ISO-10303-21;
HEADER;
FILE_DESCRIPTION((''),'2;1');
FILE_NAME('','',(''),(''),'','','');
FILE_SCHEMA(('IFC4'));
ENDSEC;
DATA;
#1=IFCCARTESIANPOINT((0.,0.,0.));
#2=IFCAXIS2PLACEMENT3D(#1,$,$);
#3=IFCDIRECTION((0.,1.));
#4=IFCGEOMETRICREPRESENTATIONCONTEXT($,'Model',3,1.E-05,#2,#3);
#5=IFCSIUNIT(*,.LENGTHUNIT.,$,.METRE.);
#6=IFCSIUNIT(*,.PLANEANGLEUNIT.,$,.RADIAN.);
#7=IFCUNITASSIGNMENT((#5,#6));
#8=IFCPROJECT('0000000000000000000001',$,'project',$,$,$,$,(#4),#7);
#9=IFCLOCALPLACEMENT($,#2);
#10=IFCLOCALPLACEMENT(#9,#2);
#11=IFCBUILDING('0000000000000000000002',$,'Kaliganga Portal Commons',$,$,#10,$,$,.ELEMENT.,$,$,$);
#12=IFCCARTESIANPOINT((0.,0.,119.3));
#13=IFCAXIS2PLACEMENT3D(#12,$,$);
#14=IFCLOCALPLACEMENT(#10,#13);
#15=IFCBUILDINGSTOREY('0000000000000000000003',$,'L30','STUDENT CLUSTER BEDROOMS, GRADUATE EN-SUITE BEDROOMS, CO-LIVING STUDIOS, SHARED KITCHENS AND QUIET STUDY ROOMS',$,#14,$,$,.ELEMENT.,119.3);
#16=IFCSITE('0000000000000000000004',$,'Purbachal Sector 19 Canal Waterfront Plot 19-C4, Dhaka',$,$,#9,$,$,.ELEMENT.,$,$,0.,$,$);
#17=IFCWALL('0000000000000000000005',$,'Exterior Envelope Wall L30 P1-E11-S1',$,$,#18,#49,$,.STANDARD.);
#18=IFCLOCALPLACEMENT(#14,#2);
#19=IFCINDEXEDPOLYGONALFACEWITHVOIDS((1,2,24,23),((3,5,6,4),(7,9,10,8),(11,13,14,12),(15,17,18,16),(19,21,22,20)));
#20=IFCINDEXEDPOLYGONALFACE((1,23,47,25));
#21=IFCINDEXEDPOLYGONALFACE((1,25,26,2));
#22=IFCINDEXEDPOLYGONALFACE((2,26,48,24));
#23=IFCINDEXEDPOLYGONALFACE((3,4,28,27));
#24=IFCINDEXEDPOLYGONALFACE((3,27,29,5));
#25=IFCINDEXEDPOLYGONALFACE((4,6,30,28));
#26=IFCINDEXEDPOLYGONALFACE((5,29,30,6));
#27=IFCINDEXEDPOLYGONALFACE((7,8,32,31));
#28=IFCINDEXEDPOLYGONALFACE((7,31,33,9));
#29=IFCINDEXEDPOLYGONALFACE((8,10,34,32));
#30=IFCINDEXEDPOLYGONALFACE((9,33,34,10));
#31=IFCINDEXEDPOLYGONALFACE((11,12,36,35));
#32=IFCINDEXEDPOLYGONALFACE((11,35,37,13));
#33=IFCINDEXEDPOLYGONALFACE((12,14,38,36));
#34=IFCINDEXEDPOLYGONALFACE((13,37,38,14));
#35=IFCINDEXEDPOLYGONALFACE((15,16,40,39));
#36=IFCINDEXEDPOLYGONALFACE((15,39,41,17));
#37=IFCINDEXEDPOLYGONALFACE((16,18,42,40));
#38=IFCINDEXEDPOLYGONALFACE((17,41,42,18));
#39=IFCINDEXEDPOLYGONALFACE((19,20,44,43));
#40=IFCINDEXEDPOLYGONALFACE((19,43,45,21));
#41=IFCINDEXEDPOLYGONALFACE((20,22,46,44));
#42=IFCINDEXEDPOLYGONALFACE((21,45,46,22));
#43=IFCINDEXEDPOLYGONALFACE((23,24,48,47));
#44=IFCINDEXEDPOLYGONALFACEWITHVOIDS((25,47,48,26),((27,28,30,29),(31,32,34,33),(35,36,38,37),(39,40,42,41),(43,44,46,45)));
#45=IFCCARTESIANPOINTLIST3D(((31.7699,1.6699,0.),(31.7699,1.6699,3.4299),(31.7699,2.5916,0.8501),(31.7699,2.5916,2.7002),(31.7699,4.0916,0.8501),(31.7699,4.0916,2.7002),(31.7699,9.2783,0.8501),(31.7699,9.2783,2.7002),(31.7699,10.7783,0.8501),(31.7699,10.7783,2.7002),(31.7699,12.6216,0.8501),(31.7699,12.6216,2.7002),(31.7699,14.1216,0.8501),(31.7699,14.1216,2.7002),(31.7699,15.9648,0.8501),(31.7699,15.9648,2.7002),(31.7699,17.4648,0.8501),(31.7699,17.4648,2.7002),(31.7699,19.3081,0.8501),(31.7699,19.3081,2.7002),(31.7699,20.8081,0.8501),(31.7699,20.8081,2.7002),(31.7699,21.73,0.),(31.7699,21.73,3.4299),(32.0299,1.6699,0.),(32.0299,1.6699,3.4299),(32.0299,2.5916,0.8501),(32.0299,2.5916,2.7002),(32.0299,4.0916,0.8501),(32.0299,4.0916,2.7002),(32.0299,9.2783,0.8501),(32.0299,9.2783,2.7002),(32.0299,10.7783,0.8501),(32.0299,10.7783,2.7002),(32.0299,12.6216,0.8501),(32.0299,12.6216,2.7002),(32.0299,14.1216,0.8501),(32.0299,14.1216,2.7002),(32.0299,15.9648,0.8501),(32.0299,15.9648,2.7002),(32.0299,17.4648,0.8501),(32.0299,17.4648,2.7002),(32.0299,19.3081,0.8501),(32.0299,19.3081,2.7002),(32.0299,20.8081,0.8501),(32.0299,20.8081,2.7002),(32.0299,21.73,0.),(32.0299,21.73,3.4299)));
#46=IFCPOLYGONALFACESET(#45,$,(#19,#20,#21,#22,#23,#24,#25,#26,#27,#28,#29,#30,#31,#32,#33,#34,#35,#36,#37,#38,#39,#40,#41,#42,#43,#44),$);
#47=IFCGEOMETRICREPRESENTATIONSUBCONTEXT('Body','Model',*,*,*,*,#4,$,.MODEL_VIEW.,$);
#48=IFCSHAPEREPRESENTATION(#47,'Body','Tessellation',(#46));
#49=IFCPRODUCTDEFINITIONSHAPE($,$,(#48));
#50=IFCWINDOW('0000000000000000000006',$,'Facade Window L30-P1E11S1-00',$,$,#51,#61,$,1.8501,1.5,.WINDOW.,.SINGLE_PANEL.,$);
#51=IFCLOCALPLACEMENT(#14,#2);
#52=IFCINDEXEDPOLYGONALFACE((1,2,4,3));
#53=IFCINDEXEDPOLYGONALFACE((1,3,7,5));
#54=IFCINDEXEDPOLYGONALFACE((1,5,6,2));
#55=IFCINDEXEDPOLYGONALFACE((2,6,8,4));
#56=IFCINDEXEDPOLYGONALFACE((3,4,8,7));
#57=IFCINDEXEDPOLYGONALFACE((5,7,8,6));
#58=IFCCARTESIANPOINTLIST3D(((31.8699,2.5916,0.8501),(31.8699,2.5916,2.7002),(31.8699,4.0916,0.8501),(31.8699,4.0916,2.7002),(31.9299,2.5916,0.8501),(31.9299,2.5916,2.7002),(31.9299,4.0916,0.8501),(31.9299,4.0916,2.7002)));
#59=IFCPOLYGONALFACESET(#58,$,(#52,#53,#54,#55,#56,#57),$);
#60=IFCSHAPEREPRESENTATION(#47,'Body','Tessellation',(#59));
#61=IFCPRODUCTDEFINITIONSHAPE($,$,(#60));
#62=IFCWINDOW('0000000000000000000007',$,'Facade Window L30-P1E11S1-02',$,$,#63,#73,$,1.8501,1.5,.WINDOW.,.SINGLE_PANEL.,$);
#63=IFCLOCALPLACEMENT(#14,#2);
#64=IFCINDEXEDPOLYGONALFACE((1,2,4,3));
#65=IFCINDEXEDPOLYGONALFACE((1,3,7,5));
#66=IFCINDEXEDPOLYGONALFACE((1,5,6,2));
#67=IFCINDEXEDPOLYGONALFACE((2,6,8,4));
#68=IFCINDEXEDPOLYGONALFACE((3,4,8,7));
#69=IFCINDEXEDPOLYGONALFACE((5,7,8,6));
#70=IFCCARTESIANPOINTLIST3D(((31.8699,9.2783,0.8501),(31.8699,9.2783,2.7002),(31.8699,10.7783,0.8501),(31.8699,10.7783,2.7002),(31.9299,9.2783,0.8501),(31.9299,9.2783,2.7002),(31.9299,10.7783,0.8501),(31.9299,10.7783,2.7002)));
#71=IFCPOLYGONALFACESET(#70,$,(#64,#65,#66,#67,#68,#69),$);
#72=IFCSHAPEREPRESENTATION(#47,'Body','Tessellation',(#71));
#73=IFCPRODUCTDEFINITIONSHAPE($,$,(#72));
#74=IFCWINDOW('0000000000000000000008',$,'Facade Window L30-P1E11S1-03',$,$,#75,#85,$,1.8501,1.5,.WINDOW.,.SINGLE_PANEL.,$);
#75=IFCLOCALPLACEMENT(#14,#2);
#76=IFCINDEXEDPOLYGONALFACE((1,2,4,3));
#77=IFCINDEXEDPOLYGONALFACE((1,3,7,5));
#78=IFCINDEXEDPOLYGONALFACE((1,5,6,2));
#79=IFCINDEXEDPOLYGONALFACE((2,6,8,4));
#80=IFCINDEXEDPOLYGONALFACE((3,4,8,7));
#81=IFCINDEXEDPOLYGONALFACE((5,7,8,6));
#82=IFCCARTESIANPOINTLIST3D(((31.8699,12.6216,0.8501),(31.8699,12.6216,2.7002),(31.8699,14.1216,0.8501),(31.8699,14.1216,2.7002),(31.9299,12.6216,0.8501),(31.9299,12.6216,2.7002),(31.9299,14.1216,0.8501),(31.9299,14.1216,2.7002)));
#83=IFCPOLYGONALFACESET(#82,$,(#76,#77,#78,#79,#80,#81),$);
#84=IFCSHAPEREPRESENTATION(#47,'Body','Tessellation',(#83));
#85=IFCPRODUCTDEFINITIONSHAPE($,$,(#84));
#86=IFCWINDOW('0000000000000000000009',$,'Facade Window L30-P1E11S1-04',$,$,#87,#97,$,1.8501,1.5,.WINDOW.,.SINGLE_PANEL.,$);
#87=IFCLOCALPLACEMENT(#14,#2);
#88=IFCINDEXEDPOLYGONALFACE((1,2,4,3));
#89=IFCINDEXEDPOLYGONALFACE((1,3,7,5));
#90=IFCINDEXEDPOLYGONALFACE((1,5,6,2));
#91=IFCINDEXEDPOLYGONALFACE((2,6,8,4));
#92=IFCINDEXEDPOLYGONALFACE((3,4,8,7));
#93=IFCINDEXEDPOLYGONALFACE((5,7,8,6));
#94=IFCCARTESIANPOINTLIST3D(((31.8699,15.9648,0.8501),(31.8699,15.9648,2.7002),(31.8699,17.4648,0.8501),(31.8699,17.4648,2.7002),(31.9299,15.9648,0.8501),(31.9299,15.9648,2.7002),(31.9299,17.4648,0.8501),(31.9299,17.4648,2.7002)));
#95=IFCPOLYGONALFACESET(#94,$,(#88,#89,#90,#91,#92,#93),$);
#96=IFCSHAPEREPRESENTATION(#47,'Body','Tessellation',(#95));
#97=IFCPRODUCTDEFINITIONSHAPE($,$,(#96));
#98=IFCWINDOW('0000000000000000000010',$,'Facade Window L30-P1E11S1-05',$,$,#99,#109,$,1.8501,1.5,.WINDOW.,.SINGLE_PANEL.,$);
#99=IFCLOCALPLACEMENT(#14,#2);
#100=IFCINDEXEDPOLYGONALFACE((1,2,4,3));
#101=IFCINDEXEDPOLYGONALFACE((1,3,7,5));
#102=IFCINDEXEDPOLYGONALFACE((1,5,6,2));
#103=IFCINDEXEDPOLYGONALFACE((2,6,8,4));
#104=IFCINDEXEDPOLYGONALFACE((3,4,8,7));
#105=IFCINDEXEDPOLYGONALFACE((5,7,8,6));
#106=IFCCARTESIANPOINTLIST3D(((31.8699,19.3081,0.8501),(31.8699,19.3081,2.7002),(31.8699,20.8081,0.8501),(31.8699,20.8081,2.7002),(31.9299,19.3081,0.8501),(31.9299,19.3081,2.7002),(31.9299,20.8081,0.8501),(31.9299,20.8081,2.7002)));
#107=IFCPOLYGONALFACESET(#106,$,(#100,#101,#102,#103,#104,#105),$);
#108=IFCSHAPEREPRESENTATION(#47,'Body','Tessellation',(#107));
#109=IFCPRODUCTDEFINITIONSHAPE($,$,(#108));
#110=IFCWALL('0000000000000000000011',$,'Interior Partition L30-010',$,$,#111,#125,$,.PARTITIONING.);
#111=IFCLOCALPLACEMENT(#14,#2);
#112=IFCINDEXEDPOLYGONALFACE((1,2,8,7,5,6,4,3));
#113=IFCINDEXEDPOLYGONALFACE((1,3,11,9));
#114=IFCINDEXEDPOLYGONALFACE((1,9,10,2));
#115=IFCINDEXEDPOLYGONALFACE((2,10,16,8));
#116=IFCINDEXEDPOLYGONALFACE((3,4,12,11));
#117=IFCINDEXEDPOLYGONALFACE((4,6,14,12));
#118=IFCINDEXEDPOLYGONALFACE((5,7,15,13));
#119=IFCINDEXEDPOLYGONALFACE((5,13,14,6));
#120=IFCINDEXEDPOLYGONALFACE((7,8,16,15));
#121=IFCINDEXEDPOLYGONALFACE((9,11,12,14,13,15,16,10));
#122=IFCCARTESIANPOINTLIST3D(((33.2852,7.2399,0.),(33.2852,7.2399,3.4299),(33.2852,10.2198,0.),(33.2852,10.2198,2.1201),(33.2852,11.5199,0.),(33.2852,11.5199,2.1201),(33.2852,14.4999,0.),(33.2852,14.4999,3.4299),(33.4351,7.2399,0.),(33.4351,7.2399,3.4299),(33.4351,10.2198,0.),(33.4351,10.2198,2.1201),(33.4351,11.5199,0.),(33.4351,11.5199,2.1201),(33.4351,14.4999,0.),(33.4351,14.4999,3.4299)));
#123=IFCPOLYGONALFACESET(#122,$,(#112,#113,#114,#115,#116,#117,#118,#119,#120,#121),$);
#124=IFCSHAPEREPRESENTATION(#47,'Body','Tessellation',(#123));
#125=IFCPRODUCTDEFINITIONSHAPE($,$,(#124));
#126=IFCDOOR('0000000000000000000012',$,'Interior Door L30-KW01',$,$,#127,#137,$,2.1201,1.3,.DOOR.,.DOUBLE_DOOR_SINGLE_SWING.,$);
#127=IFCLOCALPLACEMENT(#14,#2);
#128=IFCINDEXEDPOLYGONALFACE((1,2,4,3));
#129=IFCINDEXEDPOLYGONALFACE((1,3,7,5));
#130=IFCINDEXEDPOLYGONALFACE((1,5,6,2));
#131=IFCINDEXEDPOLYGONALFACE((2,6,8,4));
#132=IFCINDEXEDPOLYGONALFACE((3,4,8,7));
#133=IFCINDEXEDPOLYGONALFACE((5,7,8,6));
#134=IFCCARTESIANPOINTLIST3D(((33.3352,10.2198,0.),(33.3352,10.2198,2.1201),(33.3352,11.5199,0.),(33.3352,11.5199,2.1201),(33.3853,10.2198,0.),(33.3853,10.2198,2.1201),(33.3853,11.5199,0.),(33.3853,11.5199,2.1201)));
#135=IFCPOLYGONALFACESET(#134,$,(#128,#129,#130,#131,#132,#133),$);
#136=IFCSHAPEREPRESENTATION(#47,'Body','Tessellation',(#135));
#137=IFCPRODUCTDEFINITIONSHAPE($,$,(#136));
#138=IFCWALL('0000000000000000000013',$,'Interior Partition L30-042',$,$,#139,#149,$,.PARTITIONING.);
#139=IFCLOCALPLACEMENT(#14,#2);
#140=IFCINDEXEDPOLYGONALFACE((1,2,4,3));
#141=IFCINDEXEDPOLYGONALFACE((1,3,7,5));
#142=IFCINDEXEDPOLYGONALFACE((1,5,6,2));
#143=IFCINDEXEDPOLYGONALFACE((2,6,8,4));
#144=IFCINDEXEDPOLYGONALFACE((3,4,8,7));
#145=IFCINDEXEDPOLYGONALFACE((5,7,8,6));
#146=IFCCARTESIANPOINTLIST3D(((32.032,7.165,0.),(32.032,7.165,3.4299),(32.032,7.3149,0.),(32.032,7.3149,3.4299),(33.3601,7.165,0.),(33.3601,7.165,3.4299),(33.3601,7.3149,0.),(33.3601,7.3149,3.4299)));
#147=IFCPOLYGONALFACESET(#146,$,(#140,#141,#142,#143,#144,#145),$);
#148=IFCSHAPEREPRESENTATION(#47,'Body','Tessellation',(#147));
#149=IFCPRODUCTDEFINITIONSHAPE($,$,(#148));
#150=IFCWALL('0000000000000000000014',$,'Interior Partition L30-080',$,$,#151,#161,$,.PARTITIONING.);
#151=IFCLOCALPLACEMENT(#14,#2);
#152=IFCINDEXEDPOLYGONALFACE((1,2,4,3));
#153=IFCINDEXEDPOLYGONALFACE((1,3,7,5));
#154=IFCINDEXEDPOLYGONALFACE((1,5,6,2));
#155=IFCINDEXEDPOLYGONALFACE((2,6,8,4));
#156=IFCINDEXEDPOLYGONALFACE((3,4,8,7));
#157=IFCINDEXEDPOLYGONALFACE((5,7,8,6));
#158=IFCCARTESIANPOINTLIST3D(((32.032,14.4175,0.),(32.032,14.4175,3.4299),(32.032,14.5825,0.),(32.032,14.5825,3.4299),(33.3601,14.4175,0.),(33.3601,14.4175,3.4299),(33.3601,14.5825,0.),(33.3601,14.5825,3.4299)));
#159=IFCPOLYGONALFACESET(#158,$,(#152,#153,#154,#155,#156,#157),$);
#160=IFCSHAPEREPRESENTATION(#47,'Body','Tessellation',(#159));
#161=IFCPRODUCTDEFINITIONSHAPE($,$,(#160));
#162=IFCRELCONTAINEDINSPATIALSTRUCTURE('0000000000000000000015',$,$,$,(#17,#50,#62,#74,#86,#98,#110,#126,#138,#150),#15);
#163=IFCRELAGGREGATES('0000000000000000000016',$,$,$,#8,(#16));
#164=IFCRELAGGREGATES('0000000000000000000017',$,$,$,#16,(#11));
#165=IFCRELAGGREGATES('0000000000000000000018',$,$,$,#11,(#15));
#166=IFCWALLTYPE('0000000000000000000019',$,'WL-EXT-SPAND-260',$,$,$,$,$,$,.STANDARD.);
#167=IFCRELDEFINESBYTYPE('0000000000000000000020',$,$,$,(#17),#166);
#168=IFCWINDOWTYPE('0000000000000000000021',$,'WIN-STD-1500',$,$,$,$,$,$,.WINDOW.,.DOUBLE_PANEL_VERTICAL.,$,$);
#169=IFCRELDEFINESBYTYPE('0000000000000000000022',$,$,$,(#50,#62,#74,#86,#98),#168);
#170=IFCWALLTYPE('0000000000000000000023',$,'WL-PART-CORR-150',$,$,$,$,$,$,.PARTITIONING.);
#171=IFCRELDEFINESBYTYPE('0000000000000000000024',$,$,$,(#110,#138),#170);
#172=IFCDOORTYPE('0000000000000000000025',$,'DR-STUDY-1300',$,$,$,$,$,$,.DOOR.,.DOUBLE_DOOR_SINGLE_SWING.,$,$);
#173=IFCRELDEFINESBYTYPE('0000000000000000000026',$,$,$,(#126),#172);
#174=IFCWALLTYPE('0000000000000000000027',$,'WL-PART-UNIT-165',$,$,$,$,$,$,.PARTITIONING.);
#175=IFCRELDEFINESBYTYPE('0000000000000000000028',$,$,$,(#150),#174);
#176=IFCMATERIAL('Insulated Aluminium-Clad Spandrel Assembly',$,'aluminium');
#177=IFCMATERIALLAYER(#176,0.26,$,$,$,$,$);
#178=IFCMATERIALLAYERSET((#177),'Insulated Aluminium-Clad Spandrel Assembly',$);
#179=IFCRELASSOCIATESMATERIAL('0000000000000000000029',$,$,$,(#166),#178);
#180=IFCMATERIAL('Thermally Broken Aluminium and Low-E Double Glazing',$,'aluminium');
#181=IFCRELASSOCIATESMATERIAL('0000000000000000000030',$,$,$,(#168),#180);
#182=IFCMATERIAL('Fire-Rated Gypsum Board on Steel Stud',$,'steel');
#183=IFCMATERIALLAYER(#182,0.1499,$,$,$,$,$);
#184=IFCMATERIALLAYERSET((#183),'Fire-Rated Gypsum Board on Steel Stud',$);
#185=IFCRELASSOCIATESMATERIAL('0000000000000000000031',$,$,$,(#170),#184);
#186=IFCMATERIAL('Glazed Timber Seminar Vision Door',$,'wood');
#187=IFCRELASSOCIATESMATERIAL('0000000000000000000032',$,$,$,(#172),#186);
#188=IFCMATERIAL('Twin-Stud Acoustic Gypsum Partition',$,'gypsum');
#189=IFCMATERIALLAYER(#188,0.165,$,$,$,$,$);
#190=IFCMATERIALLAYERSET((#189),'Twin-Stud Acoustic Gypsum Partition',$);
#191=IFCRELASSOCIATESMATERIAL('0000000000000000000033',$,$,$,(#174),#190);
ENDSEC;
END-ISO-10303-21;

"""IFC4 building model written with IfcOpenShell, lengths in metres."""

from ifc_helpers import new_model, si_unit, direction, frame, frame_2d, origin, place, context, subcontext, project, spatial, rectangle, extrude, material, layer, layer_set, type_object, element, fill, save


model = new_model("IFC4")

# Units and contexts
model_context = context("Model", 3, precision=1e-05, world=origin(), true_north=direction((0.0, 1.0)))
body_context = subcontext(model_context, "Body", "Model", "MODEL_VIEW")
ifc_project = project(units=[si_unit("LENGTHUNIT", "METRE"), si_unit("PLANEANGLEUNIT", "RADIAN")], contexts=[model_context])

# Site, building, storey
site_placement = place(None, origin())
site = spatial("IfcSite", under=ifc_project, at=site_placement, Name="Purbachal Sector 19 Canal Waterfront Plot 19-C4, Dhaka", CompositionType="ELEMENT", RefElevation=0.0)
building_placement = place(site_placement, origin())
building = spatial("IfcBuilding", under=site, at=building_placement, Name="Kaliganga Portal Commons", CompositionType="ELEMENT")
storey_placement = place(building_placement, frame((0.0, 0.0, 119.3)))
storey = spatial("IfcBuildingStorey", under=building, at=storey_placement, Name="L30", Description="STUDENT CLUSTER BEDROOMS, GRADUATE EN-SUITE BEDROOMS, CO-LIVING STUDIOS, SHARED KITCHENS AND QUIET STUDY ROOMS", CompositionType="ELEMENT", Elevation=119.3)

# Shared definitions
ifc_material_1 = material(Name="Insulated Aluminium-Clad Spandrel Assembly", Category="aluminium")
ifc_layer_1 = layer(ifc_material_1, 0.26)
ifc_layer_set_1 = layer_set([ifc_layer_1], Name="Insulated Aluminium-Clad Spandrel Assembly")
wall_type_1 = type_object("IfcWallType", Name="WL-EXT-SPAND-260", PredefinedType="STANDARD", material=ifc_layer_set_1)
ifc_material_2 = material(Name="Thermally Broken Aluminium and Low-E Double Glazing", Category="aluminium")

# Wall, openings, windows
wall_1_placement = place(storey_placement, frame((31.8999, 1.6699, 0.0), z_axis=(0.0, 0.0, 1.0), x_axis=(0.0, 1.0, 0.0)))
wall_1 = element("IfcWall", 1, at=wall_1_placement, inside=storey, type_object=wall_type_1, Name="Exterior Envelope Wall L30 P1-E11-S1", PredefinedType="STANDARD", context=body_context, shape_type="SweptSolid", body=[
    extrude(rectangle(XDim=20.0601, YDim=0.26, at=frame_2d((10.03, 0.0))), origin(), (0.0, 0.0, 1.0), 3.4299),
])
opening_1_placement = place(wall_1_placement, frame((0.9216, 0.0, 0.8501)))
opening_1 = element("IfcOpeningElement", 2, at=opening_1_placement, cuts=wall_1, PredefinedType="OPENING", context=body_context, shape_type="SweptSolid", body=[
    extrude(rectangle(XDim=1.5, YDim=1.8501, at=frame_2d((0.75, 0.925))), frame((0.0, 0.1401, 0.0), z_axis=(0.0, -1.0, 0.0), x_axis=(1.0, 0.0, 0.0)), (0.0, 0.0, 1.0), 0.28),
])
opening_2_placement = place(wall_1_placement, frame((7.6084, 0.0, 0.8501)))
opening_2 = element("IfcOpeningElement", 3, at=opening_2_placement, cuts=wall_1, PredefinedType="OPENING", context=body_context, shape_type="SweptSolid", body=[
    extrude(rectangle(XDim=1.5, YDim=1.8501, at=frame_2d((0.75, 0.925))), frame((0.0, 0.1401, 0.0), z_axis=(0.0, -1.0, 0.0), x_axis=(1.0, 0.0, 0.0)), (0.0, 0.0, 1.0), 0.28),
])
opening_3_placement = place(wall_1_placement, frame((10.9517, 0.0, 0.8501)))
opening_3 = element("IfcOpeningElement", 4, at=opening_3_placement, cuts=wall_1, PredefinedType="OPENING", context=body_context, shape_type="SweptSolid", body=[
    extrude(rectangle(XDim=1.5, YDim=1.8501, at=frame_2d((0.75, 0.925))), frame((0.0, 0.1401, 0.0), z_axis=(0.0, -1.0, 0.0), x_axis=(1.0, 0.0, 0.0)), (0.0, 0.0, 1.0), 0.28),
])
opening_4_placement = place(wall_1_placement, frame((14.2949, 0.0, 0.8501)))
opening_4 = element("IfcOpeningElement", 5, at=opening_4_placement, cuts=wall_1, PredefinedType="OPENING", context=body_context, shape_type="SweptSolid", body=[
    extrude(rectangle(XDim=1.5, YDim=1.8501, at=frame_2d((0.75, 0.925))), frame((0.0, 0.1401, 0.0), z_axis=(0.0, -1.0, 0.0), x_axis=(1.0, 0.0, 0.0)), (0.0, 0.0, 1.0), 0.28),
])
opening_5_placement = place(wall_1_placement, frame((17.6382, 0.0, 0.8501)))
opening_5 = element("IfcOpeningElement", 6, at=opening_5_placement, cuts=wall_1, PredefinedType="OPENING", context=body_context, shape_type="SweptSolid", body=[
    extrude(rectangle(XDim=1.5, YDim=1.8501, at=frame_2d((0.75, 0.925))), frame((0.0, 0.1401, 0.0), z_axis=(0.0, -1.0, 0.0), x_axis=(1.0, 0.0, 0.0)), (0.0, 0.0, 1.0), 0.28),
])
window_type_1 = type_object("IfcWindowType", Name="WIN-STD-1500", PartitioningType="DOUBLE_PANEL_VERTICAL", PredefinedType="WINDOW", material=ifc_material_2)
window_1_placement = place(opening_1_placement, origin())
window_1 = element("IfcWindow", 7, at=window_1_placement, inside=storey, type_object=window_type_1, Name="Facade Window L30-P1E11S1-00", OverallHeight=1.8501, OverallWidth=1.5, PartitioningType="SINGLE_PANEL", PredefinedType="WINDOW", context=body_context, shape_type="SweptSolid", body=[
    extrude(rectangle(XDim=1.5, YDim=1.8501, at=frame_2d((0.75, 0.925))), frame((0.0, 0.03, 0.0), z_axis=(0.0, -1.0, 0.0), x_axis=(1.0, 0.0, 0.0)), (0.0, 0.0, 1.0), 0.0601),
])
fill(opening_1, window_1)
window_2_placement = place(opening_2_placement, origin())
window_2 = element("IfcWindow", 8, at=window_2_placement, inside=storey, type_object=window_type_1, Name="Facade Window L30-P1E11S1-02", OverallHeight=1.8501, OverallWidth=1.5, PartitioningType="SINGLE_PANEL", PredefinedType="WINDOW", context=body_context, shape_type="SweptSolid", body=[
    extrude(rectangle(XDim=1.5, YDim=1.8501, at=frame_2d((0.75, 0.925))), frame((0.0, 0.03, 0.0), z_axis=(0.0, -1.0, 0.0), x_axis=(1.0, 0.0, 0.0)), (0.0, 0.0, 1.0), 0.0601),
])
fill(opening_2, window_2)
window_3_placement = place(opening_3_placement, origin())
window_3 = element("IfcWindow", 9, at=window_3_placement, inside=storey, type_object=window_type_1, Name="Facade Window L30-P1E11S1-03", OverallHeight=1.8501, OverallWidth=1.5, PartitioningType="SINGLE_PANEL", PredefinedType="WINDOW", context=body_context, shape_type="SweptSolid", body=[
    extrude(rectangle(XDim=1.5, YDim=1.8501, at=frame_2d((0.75, 0.925))), frame((0.0, 0.03, 0.0), z_axis=(0.0, -1.0, 0.0), x_axis=(1.0, 0.0, 0.0)), (0.0, 0.0, 1.0), 0.0601),
])
fill(opening_3, window_3)
window_4_placement = place(opening_4_placement, origin())
window_4 = element("IfcWindow", 10, at=window_4_placement, inside=storey, type_object=window_type_1, Name="Facade Window L30-P1E11S1-04", OverallHeight=1.8501, OverallWidth=1.5, PartitioningType="SINGLE_PANEL", PredefinedType="WINDOW", context=body_context, shape_type="SweptSolid", body=[
    extrude(rectangle(XDim=1.5, YDim=1.8501, at=frame_2d((0.75, 0.925))), frame((0.0, 0.03, 0.0), z_axis=(0.0, -1.0, 0.0), x_axis=(1.0, 0.0, 0.0)), (0.0, 0.0, 1.0), 0.0601),
])
fill(opening_4, window_4)
window_5_placement = place(opening_5_placement, origin())
window_5 = element("IfcWindow", 11, at=window_5_placement, inside=storey, type_object=window_type_1, Name="Facade Window L30-P1E11S1-05", OverallHeight=1.8501, OverallWidth=1.5, PartitioningType="SINGLE_PANEL", PredefinedType="WINDOW", context=body_context, shape_type="SweptSolid", body=[
    extrude(rectangle(XDim=1.5, YDim=1.8501, at=frame_2d((0.75, 0.925))), frame((0.0, 0.03, 0.0), z_axis=(0.0, -1.0, 0.0), x_axis=(1.0, 0.0, 0.0)), (0.0, 0.0, 1.0), 0.0601),
])
fill(opening_5, window_5)

# Wall, opening, door
ifc_material_3 = material(Name="Fire-Rated Gypsum Board on Steel Stud", Category="steel")
ifc_layer_2 = layer(ifc_material_3, 0.1499)
ifc_layer_set_2 = layer_set([ifc_layer_2], Name="Fire-Rated Gypsum Board on Steel Stud")
wall_type_2 = type_object("IfcWallType", Name="WL-PART-CORR-150", PredefinedType="PARTITIONING", material=ifc_layer_set_2)
wall_2_placement = place(storey_placement, frame((33.3601, 7.24, 0.0), z_axis=(0.0, 0.0, 1.0), x_axis=(0.0, 1.0, 0.0)))
wall_2 = element("IfcWall", 12, at=wall_2_placement, inside=storey, type_object=wall_type_2, Name="Interior Partition L30-010", PredefinedType="PARTITIONING", context=body_context, shape_type="SweptSolid", body=[
    extrude(rectangle(XDim=7.26, YDim=0.1499, at=frame_2d((3.6299, 0.0))), origin(), (0.0, 0.0, 1.0), 3.4299),
])
opening_6_placement = place(wall_2_placement, frame((2.98, 0.0, 0.0)))
opening_6 = element("IfcOpeningElement", 13, at=opening_6_placement, cuts=wall_2, PredefinedType="OPENING", context=body_context, shape_type="SweptSolid", body=[
    extrude(rectangle(XDim=1.3, YDim=2.1201, at=frame_2d((0.6499, 1.0601))), frame((0.0, 0.085, 0.0), z_axis=(0.0, -1.0, 0.0), x_axis=(1.0, 0.0, 0.0)), (0.0, 0.0, 1.0), 0.1699),
])
ifc_material_4 = material(Name="Glazed Timber Seminar Vision Door", Category="wood")
door_type = type_object("IfcDoorType", Name="DR-STUDY-1300", OperationType="DOUBLE_DOOR_SINGLE_SWING", PredefinedType="DOOR", material=ifc_material_4)
door_placement = place(opening_6_placement, origin())
door = element("IfcDoor", 14, at=door_placement, inside=storey, type_object=door_type, Name="Interior Door L30-KW01", OperationType="DOUBLE_DOOR_SINGLE_SWING", OverallHeight=2.1201, OverallWidth=1.3, PredefinedType="DOOR", context=body_context, shape_type="SweptSolid", body=[
    extrude(rectangle(XDim=1.3, YDim=2.1201, at=frame_2d((0.6499, 1.0601))), frame((0.0, 0.0249, 0.0), z_axis=(0.0, -1.0, 0.0), x_axis=(1.0, 0.0, 0.0)), (0.0, 0.0, 1.0), 0.05),
])
fill(opening_6, door)

# Walls
wall_3_placement = place(storey_placement, frame((32.032, 7.24, 0.0), z_axis=(0.0, 0.0, 1.0), x_axis=(1.0, 0.0, 0.0)))
element("IfcWall", 15, at=wall_3_placement, inside=storey, type_object=wall_type_2, Name="Interior Partition L30-042", PredefinedType="PARTITIONING", context=body_context, shape_type="SweptSolid", body=[
    extrude(rectangle(XDim=1.3281, YDim=0.1499, at=frame_2d((0.6641, 0.0))), origin(), (0.0, 0.0, 1.0), 3.4299),
])
ifc_material_5 = material(Name="Twin-Stud Acoustic Gypsum Partition", Category="gypsum")
ifc_layer_3 = layer(ifc_material_5, 0.165)
ifc_layer_set_3 = layer_set([ifc_layer_3], Name="Twin-Stud Acoustic Gypsum Partition")
wall_type_3 = type_object("IfcWallType", Name="WL-PART-UNIT-165", PredefinedType="PARTITIONING", material=ifc_layer_set_3)
wall_4_placement = place(storey_placement, frame((32.032, 14.5, 0.0), z_axis=(0.0, 0.0, 1.0), x_axis=(1.0, 0.0, 0.0)))
element("IfcWall", 16, at=wall_4_placement, inside=storey, type_object=wall_type_3, Name="Interior Partition L30-080", PredefinedType="PARTITIONING", context=body_context, shape_type="SweptSolid", body=[
    extrude(rectangle(XDim=1.3281, YDim=0.165, at=frame_2d((0.6641, 0.0))), origin(), (0.0, 0.0, 1.0), 3.4299),
])

save(model, "model.ifc")
